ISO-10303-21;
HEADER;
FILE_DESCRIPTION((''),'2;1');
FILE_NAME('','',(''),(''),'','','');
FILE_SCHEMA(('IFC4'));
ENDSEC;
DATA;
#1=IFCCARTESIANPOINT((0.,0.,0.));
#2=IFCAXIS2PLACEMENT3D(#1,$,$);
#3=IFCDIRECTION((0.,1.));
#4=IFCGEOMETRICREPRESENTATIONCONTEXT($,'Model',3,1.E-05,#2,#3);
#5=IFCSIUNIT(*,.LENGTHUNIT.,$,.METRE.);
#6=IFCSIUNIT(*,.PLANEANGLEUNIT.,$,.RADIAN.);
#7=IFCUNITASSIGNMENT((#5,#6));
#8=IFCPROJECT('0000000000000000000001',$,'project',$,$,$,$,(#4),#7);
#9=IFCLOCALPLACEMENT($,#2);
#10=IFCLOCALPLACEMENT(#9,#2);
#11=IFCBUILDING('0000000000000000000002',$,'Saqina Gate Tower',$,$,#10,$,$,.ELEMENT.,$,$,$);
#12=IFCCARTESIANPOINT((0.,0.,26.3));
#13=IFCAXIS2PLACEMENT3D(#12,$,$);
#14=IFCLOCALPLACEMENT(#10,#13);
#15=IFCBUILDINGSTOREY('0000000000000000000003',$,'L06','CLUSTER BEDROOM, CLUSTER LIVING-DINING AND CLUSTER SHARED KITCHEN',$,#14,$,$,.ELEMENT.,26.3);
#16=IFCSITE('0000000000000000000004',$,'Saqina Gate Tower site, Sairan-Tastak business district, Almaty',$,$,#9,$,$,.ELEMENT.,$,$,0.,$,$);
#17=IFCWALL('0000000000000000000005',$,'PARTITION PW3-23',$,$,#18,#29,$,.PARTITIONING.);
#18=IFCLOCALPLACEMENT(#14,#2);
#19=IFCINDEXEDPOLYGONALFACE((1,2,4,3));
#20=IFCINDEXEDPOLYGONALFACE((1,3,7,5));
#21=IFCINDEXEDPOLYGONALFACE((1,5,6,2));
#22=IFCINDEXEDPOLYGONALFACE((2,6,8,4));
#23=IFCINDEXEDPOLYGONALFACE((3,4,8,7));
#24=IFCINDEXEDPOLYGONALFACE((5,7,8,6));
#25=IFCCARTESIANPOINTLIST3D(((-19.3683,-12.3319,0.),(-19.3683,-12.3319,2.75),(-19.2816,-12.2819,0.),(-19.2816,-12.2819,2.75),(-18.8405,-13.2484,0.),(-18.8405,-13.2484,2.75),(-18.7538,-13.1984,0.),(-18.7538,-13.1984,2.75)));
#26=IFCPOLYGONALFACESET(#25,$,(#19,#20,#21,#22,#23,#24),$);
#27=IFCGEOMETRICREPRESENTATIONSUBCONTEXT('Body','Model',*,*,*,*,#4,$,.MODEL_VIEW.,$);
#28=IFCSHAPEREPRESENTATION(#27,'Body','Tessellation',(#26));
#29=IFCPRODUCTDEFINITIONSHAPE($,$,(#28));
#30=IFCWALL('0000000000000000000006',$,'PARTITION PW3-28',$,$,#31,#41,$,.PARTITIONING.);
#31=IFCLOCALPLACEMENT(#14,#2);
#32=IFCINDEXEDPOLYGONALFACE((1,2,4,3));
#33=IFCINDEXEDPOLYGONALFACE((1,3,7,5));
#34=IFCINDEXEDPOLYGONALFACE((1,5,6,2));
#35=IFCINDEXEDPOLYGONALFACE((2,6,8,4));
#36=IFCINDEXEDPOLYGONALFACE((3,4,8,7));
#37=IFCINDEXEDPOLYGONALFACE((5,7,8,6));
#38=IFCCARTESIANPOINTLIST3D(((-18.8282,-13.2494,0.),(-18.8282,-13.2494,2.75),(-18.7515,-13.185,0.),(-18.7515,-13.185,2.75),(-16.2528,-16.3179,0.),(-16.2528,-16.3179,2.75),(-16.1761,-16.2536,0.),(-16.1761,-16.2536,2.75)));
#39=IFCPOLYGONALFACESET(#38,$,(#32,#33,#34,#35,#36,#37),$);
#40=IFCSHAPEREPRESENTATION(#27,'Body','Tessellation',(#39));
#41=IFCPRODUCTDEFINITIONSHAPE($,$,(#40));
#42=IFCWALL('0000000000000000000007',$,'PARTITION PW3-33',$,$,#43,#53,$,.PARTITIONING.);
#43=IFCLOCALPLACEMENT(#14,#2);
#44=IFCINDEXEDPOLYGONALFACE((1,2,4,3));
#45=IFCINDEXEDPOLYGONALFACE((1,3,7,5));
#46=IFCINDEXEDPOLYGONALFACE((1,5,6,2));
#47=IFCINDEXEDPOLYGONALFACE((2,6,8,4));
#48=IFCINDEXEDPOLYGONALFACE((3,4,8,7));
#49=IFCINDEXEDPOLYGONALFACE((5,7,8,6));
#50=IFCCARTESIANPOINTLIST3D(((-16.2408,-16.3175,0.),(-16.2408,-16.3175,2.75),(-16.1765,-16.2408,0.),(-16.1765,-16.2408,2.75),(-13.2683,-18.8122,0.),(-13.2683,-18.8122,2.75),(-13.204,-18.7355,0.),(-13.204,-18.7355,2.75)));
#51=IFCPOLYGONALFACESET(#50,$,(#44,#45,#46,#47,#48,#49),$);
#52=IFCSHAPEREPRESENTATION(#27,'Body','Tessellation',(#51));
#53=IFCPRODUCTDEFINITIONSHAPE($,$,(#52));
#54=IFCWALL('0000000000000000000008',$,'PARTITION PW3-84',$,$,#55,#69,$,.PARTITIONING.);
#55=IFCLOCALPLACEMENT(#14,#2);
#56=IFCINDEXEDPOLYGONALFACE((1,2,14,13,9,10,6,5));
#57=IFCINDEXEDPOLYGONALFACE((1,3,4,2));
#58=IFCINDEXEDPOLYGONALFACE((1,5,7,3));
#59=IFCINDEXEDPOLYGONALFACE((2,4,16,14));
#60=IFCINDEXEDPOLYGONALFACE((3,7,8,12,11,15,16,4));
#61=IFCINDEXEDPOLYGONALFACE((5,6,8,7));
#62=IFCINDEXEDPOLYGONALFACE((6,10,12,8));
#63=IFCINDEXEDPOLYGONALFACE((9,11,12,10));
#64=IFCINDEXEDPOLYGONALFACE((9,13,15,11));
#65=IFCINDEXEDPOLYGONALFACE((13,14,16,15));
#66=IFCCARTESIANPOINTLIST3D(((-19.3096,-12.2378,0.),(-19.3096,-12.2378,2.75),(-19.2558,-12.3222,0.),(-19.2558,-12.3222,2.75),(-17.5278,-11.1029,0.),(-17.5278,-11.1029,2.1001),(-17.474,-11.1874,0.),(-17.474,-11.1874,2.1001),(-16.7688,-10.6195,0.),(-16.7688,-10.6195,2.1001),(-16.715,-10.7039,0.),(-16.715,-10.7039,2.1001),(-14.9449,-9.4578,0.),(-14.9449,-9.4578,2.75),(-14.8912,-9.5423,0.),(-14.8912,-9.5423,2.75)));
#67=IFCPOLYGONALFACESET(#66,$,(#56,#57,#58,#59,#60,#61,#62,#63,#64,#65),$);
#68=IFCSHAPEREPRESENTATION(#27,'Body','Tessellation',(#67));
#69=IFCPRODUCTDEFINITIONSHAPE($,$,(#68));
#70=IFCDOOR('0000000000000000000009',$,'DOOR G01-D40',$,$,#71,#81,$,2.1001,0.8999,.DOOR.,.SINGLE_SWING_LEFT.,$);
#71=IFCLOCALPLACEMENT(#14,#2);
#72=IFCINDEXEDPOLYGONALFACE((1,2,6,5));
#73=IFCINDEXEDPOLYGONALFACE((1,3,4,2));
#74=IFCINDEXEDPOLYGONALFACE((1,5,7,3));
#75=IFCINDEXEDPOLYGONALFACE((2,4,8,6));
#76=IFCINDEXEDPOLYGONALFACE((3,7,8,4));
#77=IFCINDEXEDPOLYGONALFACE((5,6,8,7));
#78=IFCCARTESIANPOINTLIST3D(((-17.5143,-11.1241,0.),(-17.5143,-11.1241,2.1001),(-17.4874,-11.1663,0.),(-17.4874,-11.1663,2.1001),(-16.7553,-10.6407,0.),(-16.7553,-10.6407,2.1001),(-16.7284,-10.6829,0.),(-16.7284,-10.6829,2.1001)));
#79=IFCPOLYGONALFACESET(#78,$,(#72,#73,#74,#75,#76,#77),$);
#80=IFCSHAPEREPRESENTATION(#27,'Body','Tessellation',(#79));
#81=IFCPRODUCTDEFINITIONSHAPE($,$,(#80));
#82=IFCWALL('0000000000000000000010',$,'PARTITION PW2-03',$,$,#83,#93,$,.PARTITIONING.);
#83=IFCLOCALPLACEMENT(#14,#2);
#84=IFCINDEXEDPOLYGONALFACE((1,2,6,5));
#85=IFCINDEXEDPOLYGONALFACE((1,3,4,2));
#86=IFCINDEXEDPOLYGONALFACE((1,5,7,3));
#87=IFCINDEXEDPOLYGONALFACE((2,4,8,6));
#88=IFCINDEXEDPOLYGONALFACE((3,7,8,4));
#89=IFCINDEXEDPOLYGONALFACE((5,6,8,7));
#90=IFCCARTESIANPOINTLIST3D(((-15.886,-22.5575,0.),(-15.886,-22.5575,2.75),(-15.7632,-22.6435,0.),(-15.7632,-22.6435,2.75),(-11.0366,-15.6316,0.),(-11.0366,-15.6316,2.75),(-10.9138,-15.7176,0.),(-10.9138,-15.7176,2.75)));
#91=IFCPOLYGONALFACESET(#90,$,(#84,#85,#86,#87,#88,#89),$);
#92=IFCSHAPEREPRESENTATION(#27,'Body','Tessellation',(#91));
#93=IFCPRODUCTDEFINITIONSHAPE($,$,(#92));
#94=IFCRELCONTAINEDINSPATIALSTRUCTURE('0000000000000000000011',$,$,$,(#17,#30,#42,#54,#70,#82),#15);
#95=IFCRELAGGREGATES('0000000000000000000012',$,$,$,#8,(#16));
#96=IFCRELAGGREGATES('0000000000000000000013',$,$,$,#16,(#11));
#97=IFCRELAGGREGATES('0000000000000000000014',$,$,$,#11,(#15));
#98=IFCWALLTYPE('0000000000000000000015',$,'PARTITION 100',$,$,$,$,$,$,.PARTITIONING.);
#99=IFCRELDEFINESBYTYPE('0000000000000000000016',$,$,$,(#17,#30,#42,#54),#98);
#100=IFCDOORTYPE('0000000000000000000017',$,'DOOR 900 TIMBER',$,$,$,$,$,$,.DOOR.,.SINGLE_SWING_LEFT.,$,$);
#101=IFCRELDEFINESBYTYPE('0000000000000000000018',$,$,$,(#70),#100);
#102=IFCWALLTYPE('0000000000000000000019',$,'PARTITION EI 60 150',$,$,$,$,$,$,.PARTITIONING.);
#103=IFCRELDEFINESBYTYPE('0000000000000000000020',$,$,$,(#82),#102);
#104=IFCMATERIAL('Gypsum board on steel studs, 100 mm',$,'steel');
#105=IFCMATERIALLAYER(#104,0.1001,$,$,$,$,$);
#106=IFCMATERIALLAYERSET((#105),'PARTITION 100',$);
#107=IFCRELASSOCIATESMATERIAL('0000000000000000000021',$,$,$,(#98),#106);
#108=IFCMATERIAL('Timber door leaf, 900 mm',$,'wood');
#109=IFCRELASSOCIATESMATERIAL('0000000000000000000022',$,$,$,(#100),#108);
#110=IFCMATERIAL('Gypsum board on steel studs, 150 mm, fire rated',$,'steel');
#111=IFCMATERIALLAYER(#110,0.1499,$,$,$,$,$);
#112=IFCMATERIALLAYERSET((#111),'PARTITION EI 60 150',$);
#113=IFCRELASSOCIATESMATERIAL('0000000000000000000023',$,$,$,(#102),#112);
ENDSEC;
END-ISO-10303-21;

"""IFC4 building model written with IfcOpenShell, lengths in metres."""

from ifc_helpers import new_model, si_unit, direction, frame, frame_2d, origin, place, context, subcontext, project, spatial, rectangle, extrude, material, layer, layer_set, type_object, element, fill, save


model = new_model("IFC4")

# Units and contexts
model_context = context("Model", 3, precision=1e-05, world=origin(), true_north=direction((0.0, 1.0)))
body_context = subcontext(model_context, "Body", "Model", "MODEL_VIEW")
ifc_project = project(units=[si_unit("LENGTHUNIT", "METRE"), si_unit("PLANEANGLEUNIT", "RADIAN")], contexts=[model_context])

# Site, building, storey
site_placement = place(None, origin())
site = spatial("IfcSite", under=ifc_project, at=site_placement, Name="Saqina Gate Tower site, Sairan-Tastak business district, Almaty", CompositionType="ELEMENT", RefElevation=0.0)
building_placement = place(site_placement, origin())
building = spatial("IfcBuilding", under=site, at=building_placement, Name="Saqina Gate Tower", CompositionType="ELEMENT")
storey_placement = place(building_placement, frame((0.0, 0.0, 26.3)))
storey = spatial("IfcBuildingStorey", under=building, at=storey_placement, Name="L06", Description="CLUSTER BEDROOM, CLUSTER LIVING-DINING AND CLUSTER SHARED KITCHEN", CompositionType="ELEMENT", Elevation=26.3)

# Walls
ifc_material_1 = material(Name="Gypsum board on steel studs, 100 mm", Category="steel")
ifc_layer_1 = layer(ifc_material_1, 0.1001)
ifc_layer_set_1 = layer_set([ifc_layer_1], Name="PARTITION 100")
wall_type_1 = type_object("IfcWallType", Name="PARTITION 100", PredefinedType="PARTITIONING", material=ifc_layer_set_1)
wall_1_placement = place(storey_placement, frame((-19.325, -12.3069, 0.0), z_axis=(0.0, 0.0, 1.0), x_axis=(0.49907, -0.866562, 0.0)))
element("IfcWall", 1, at=wall_1_placement, inside=storey, type_object=wall_type_1, Name="PARTITION PW3-23", PredefinedType="PARTITIONING", context=body_context, shape_type="SweptSolid", body=[
    extrude(rectangle(XDim=1.0576, YDim=0.1001, at=frame_2d((0.5288, 0.0))), origin(), (0.0, 0.0, 1.0), 2.75),
])
wall_2_placement = place(storey_placement, frame((-18.7898, -13.2173, 0.0), z_axis=(0.0, 0.0, 1.0), x_axis=(0.642872, -0.765974, 0.0)))
element("IfcWall", 2, at=wall_2_placement, inside=storey, type_object=wall_type_1, Name="PARTITION PW3-28", PredefinedType="PARTITIONING", context=body_context, shape_type="SweptSolid", body=[
    extrude(rectangle(XDim=4.0061, YDim=0.1001, at=frame_2d((2.0029, 0.0))), origin(), (0.0, 0.0, 1.0), 2.75),
])
wall_3_placement = place(storey_placement, frame((-16.2087, -16.2791, 0.0), z_axis=(0.0, 0.0, 1.0), x_axis=(0.765984, -0.64286, 0.0)))
element("IfcWall", 3, at=wall_3_placement, inside=storey, type_object=wall_type_1, Name="PARTITION PW3-33", PredefinedType="PARTITIONING", context=body_context, shape_type="SweptSolid", body=[
    extrude(rectangle(XDim=3.8806, YDim=0.1001, at=frame_2d((1.9404, 0.0))), origin(), (0.0, 0.0, 1.0), 2.75),
])

# Wall, opening, door
wall_4_placement = place(storey_placement, frame((-19.2827, -12.28, 0.0), z_axis=(0.0, 0.0, 1.0), x_axis=(0.843446, 0.537214, 0.0)))
wall_4 = element("IfcWall", 4, at=wall_4_placement, inside=storey, type_object=wall_type_1, Name="PARTITION PW3-84", PredefinedType="PARTITIONING", context=body_context, shape_type="SweptSolid", body=[
    extrude(rectangle(XDim=5.1748, YDim=0.1001, at=frame_2d((2.5874, 0.0))), origin(), (0.0, 0.0, 1.0), 2.75),
])
opening_1_placement = place(wall_4_placement, frame((2.1125, 0.0, 0.0)))
opening_1 = element("IfcOpeningElement", 5, at=opening_1_placement, cuts=wall_4, PredefinedType="OPENING", context=body_context, shape_type="SweptSolid", body=[
    extrude(rectangle(XDim=0.8999, YDim=2.1001, at=frame_2d((0.45, 1.05))), frame((0.0, 0.062, 0.0), z_axis=(0.0, -1.0, 0.0), x_axis=(1.0, 0.0, 0.0)), (0.0, 0.0, 1.0), 0.124),
])
ifc_material_2 = material(Name="Timber door leaf, 900 mm", Category="wood")
door_type = type_object("IfcDoorType", Name="DOOR 900 TIMBER", OperationType="SINGLE_SWING_LEFT", PredefinedType="DOOR", material=ifc_material_2)
door_placement = place(opening_1_placement, origin())
door = element("IfcDoor", 6, at=door_placement, inside=storey, type_object=door_type, Name="DOOR G01-D40", OperationType="SINGLE_SWING_LEFT", OverallHeight=2.1001, OverallWidth=0.8999, PredefinedType="DOOR", context=body_context, shape_type="SweptSolid", body=[
    extrude(rectangle(XDim=0.8999, YDim=2.1001, at=frame_2d((0.45, 1.05))), frame((0.0, 0.0249, 0.0), z_axis=(0.0, -1.0, 0.0), x_axis=(1.0, 0.0, 0.0)), (0.0, 0.0, 1.0), 0.05),
])
fill(opening_1, door)

# Wall
ifc_material_3 = material(Name="Gypsum board on steel studs, 150 mm, fire rated", Category="steel")
ifc_layer_2 = layer(ifc_material_3, 0.1499)
ifc_layer_set_2 = layer_set([ifc_layer_2], Name="PARTITION EI 60 150")
wall_type_2 = type_object("IfcWallType", Name="PARTITION EI 60 150", PredefinedType="PARTITIONING", material=ifc_layer_set_2)
wall_5_placement = place(storey_placement, frame((-15.8247, -22.6006, 0.0), z_axis=(0.0, 0.0, 1.0), x_axis=(0.573567, 0.819159, 0.0)))
element("IfcWall", 7, at=wall_5_placement, inside=storey, type_object=wall_type_2, Name="PARTITION PW2-03", PredefinedType="PARTITIONING", context=body_context, shape_type="SweptSolid", body=[
    extrude(rectangle(XDim=8.4548, YDim=0.1499, at=frame_2d((4.2275, 0.0))), origin(), (0.0, 0.0, 1.0), 2.75),
])

save(model, "model.ifc")
